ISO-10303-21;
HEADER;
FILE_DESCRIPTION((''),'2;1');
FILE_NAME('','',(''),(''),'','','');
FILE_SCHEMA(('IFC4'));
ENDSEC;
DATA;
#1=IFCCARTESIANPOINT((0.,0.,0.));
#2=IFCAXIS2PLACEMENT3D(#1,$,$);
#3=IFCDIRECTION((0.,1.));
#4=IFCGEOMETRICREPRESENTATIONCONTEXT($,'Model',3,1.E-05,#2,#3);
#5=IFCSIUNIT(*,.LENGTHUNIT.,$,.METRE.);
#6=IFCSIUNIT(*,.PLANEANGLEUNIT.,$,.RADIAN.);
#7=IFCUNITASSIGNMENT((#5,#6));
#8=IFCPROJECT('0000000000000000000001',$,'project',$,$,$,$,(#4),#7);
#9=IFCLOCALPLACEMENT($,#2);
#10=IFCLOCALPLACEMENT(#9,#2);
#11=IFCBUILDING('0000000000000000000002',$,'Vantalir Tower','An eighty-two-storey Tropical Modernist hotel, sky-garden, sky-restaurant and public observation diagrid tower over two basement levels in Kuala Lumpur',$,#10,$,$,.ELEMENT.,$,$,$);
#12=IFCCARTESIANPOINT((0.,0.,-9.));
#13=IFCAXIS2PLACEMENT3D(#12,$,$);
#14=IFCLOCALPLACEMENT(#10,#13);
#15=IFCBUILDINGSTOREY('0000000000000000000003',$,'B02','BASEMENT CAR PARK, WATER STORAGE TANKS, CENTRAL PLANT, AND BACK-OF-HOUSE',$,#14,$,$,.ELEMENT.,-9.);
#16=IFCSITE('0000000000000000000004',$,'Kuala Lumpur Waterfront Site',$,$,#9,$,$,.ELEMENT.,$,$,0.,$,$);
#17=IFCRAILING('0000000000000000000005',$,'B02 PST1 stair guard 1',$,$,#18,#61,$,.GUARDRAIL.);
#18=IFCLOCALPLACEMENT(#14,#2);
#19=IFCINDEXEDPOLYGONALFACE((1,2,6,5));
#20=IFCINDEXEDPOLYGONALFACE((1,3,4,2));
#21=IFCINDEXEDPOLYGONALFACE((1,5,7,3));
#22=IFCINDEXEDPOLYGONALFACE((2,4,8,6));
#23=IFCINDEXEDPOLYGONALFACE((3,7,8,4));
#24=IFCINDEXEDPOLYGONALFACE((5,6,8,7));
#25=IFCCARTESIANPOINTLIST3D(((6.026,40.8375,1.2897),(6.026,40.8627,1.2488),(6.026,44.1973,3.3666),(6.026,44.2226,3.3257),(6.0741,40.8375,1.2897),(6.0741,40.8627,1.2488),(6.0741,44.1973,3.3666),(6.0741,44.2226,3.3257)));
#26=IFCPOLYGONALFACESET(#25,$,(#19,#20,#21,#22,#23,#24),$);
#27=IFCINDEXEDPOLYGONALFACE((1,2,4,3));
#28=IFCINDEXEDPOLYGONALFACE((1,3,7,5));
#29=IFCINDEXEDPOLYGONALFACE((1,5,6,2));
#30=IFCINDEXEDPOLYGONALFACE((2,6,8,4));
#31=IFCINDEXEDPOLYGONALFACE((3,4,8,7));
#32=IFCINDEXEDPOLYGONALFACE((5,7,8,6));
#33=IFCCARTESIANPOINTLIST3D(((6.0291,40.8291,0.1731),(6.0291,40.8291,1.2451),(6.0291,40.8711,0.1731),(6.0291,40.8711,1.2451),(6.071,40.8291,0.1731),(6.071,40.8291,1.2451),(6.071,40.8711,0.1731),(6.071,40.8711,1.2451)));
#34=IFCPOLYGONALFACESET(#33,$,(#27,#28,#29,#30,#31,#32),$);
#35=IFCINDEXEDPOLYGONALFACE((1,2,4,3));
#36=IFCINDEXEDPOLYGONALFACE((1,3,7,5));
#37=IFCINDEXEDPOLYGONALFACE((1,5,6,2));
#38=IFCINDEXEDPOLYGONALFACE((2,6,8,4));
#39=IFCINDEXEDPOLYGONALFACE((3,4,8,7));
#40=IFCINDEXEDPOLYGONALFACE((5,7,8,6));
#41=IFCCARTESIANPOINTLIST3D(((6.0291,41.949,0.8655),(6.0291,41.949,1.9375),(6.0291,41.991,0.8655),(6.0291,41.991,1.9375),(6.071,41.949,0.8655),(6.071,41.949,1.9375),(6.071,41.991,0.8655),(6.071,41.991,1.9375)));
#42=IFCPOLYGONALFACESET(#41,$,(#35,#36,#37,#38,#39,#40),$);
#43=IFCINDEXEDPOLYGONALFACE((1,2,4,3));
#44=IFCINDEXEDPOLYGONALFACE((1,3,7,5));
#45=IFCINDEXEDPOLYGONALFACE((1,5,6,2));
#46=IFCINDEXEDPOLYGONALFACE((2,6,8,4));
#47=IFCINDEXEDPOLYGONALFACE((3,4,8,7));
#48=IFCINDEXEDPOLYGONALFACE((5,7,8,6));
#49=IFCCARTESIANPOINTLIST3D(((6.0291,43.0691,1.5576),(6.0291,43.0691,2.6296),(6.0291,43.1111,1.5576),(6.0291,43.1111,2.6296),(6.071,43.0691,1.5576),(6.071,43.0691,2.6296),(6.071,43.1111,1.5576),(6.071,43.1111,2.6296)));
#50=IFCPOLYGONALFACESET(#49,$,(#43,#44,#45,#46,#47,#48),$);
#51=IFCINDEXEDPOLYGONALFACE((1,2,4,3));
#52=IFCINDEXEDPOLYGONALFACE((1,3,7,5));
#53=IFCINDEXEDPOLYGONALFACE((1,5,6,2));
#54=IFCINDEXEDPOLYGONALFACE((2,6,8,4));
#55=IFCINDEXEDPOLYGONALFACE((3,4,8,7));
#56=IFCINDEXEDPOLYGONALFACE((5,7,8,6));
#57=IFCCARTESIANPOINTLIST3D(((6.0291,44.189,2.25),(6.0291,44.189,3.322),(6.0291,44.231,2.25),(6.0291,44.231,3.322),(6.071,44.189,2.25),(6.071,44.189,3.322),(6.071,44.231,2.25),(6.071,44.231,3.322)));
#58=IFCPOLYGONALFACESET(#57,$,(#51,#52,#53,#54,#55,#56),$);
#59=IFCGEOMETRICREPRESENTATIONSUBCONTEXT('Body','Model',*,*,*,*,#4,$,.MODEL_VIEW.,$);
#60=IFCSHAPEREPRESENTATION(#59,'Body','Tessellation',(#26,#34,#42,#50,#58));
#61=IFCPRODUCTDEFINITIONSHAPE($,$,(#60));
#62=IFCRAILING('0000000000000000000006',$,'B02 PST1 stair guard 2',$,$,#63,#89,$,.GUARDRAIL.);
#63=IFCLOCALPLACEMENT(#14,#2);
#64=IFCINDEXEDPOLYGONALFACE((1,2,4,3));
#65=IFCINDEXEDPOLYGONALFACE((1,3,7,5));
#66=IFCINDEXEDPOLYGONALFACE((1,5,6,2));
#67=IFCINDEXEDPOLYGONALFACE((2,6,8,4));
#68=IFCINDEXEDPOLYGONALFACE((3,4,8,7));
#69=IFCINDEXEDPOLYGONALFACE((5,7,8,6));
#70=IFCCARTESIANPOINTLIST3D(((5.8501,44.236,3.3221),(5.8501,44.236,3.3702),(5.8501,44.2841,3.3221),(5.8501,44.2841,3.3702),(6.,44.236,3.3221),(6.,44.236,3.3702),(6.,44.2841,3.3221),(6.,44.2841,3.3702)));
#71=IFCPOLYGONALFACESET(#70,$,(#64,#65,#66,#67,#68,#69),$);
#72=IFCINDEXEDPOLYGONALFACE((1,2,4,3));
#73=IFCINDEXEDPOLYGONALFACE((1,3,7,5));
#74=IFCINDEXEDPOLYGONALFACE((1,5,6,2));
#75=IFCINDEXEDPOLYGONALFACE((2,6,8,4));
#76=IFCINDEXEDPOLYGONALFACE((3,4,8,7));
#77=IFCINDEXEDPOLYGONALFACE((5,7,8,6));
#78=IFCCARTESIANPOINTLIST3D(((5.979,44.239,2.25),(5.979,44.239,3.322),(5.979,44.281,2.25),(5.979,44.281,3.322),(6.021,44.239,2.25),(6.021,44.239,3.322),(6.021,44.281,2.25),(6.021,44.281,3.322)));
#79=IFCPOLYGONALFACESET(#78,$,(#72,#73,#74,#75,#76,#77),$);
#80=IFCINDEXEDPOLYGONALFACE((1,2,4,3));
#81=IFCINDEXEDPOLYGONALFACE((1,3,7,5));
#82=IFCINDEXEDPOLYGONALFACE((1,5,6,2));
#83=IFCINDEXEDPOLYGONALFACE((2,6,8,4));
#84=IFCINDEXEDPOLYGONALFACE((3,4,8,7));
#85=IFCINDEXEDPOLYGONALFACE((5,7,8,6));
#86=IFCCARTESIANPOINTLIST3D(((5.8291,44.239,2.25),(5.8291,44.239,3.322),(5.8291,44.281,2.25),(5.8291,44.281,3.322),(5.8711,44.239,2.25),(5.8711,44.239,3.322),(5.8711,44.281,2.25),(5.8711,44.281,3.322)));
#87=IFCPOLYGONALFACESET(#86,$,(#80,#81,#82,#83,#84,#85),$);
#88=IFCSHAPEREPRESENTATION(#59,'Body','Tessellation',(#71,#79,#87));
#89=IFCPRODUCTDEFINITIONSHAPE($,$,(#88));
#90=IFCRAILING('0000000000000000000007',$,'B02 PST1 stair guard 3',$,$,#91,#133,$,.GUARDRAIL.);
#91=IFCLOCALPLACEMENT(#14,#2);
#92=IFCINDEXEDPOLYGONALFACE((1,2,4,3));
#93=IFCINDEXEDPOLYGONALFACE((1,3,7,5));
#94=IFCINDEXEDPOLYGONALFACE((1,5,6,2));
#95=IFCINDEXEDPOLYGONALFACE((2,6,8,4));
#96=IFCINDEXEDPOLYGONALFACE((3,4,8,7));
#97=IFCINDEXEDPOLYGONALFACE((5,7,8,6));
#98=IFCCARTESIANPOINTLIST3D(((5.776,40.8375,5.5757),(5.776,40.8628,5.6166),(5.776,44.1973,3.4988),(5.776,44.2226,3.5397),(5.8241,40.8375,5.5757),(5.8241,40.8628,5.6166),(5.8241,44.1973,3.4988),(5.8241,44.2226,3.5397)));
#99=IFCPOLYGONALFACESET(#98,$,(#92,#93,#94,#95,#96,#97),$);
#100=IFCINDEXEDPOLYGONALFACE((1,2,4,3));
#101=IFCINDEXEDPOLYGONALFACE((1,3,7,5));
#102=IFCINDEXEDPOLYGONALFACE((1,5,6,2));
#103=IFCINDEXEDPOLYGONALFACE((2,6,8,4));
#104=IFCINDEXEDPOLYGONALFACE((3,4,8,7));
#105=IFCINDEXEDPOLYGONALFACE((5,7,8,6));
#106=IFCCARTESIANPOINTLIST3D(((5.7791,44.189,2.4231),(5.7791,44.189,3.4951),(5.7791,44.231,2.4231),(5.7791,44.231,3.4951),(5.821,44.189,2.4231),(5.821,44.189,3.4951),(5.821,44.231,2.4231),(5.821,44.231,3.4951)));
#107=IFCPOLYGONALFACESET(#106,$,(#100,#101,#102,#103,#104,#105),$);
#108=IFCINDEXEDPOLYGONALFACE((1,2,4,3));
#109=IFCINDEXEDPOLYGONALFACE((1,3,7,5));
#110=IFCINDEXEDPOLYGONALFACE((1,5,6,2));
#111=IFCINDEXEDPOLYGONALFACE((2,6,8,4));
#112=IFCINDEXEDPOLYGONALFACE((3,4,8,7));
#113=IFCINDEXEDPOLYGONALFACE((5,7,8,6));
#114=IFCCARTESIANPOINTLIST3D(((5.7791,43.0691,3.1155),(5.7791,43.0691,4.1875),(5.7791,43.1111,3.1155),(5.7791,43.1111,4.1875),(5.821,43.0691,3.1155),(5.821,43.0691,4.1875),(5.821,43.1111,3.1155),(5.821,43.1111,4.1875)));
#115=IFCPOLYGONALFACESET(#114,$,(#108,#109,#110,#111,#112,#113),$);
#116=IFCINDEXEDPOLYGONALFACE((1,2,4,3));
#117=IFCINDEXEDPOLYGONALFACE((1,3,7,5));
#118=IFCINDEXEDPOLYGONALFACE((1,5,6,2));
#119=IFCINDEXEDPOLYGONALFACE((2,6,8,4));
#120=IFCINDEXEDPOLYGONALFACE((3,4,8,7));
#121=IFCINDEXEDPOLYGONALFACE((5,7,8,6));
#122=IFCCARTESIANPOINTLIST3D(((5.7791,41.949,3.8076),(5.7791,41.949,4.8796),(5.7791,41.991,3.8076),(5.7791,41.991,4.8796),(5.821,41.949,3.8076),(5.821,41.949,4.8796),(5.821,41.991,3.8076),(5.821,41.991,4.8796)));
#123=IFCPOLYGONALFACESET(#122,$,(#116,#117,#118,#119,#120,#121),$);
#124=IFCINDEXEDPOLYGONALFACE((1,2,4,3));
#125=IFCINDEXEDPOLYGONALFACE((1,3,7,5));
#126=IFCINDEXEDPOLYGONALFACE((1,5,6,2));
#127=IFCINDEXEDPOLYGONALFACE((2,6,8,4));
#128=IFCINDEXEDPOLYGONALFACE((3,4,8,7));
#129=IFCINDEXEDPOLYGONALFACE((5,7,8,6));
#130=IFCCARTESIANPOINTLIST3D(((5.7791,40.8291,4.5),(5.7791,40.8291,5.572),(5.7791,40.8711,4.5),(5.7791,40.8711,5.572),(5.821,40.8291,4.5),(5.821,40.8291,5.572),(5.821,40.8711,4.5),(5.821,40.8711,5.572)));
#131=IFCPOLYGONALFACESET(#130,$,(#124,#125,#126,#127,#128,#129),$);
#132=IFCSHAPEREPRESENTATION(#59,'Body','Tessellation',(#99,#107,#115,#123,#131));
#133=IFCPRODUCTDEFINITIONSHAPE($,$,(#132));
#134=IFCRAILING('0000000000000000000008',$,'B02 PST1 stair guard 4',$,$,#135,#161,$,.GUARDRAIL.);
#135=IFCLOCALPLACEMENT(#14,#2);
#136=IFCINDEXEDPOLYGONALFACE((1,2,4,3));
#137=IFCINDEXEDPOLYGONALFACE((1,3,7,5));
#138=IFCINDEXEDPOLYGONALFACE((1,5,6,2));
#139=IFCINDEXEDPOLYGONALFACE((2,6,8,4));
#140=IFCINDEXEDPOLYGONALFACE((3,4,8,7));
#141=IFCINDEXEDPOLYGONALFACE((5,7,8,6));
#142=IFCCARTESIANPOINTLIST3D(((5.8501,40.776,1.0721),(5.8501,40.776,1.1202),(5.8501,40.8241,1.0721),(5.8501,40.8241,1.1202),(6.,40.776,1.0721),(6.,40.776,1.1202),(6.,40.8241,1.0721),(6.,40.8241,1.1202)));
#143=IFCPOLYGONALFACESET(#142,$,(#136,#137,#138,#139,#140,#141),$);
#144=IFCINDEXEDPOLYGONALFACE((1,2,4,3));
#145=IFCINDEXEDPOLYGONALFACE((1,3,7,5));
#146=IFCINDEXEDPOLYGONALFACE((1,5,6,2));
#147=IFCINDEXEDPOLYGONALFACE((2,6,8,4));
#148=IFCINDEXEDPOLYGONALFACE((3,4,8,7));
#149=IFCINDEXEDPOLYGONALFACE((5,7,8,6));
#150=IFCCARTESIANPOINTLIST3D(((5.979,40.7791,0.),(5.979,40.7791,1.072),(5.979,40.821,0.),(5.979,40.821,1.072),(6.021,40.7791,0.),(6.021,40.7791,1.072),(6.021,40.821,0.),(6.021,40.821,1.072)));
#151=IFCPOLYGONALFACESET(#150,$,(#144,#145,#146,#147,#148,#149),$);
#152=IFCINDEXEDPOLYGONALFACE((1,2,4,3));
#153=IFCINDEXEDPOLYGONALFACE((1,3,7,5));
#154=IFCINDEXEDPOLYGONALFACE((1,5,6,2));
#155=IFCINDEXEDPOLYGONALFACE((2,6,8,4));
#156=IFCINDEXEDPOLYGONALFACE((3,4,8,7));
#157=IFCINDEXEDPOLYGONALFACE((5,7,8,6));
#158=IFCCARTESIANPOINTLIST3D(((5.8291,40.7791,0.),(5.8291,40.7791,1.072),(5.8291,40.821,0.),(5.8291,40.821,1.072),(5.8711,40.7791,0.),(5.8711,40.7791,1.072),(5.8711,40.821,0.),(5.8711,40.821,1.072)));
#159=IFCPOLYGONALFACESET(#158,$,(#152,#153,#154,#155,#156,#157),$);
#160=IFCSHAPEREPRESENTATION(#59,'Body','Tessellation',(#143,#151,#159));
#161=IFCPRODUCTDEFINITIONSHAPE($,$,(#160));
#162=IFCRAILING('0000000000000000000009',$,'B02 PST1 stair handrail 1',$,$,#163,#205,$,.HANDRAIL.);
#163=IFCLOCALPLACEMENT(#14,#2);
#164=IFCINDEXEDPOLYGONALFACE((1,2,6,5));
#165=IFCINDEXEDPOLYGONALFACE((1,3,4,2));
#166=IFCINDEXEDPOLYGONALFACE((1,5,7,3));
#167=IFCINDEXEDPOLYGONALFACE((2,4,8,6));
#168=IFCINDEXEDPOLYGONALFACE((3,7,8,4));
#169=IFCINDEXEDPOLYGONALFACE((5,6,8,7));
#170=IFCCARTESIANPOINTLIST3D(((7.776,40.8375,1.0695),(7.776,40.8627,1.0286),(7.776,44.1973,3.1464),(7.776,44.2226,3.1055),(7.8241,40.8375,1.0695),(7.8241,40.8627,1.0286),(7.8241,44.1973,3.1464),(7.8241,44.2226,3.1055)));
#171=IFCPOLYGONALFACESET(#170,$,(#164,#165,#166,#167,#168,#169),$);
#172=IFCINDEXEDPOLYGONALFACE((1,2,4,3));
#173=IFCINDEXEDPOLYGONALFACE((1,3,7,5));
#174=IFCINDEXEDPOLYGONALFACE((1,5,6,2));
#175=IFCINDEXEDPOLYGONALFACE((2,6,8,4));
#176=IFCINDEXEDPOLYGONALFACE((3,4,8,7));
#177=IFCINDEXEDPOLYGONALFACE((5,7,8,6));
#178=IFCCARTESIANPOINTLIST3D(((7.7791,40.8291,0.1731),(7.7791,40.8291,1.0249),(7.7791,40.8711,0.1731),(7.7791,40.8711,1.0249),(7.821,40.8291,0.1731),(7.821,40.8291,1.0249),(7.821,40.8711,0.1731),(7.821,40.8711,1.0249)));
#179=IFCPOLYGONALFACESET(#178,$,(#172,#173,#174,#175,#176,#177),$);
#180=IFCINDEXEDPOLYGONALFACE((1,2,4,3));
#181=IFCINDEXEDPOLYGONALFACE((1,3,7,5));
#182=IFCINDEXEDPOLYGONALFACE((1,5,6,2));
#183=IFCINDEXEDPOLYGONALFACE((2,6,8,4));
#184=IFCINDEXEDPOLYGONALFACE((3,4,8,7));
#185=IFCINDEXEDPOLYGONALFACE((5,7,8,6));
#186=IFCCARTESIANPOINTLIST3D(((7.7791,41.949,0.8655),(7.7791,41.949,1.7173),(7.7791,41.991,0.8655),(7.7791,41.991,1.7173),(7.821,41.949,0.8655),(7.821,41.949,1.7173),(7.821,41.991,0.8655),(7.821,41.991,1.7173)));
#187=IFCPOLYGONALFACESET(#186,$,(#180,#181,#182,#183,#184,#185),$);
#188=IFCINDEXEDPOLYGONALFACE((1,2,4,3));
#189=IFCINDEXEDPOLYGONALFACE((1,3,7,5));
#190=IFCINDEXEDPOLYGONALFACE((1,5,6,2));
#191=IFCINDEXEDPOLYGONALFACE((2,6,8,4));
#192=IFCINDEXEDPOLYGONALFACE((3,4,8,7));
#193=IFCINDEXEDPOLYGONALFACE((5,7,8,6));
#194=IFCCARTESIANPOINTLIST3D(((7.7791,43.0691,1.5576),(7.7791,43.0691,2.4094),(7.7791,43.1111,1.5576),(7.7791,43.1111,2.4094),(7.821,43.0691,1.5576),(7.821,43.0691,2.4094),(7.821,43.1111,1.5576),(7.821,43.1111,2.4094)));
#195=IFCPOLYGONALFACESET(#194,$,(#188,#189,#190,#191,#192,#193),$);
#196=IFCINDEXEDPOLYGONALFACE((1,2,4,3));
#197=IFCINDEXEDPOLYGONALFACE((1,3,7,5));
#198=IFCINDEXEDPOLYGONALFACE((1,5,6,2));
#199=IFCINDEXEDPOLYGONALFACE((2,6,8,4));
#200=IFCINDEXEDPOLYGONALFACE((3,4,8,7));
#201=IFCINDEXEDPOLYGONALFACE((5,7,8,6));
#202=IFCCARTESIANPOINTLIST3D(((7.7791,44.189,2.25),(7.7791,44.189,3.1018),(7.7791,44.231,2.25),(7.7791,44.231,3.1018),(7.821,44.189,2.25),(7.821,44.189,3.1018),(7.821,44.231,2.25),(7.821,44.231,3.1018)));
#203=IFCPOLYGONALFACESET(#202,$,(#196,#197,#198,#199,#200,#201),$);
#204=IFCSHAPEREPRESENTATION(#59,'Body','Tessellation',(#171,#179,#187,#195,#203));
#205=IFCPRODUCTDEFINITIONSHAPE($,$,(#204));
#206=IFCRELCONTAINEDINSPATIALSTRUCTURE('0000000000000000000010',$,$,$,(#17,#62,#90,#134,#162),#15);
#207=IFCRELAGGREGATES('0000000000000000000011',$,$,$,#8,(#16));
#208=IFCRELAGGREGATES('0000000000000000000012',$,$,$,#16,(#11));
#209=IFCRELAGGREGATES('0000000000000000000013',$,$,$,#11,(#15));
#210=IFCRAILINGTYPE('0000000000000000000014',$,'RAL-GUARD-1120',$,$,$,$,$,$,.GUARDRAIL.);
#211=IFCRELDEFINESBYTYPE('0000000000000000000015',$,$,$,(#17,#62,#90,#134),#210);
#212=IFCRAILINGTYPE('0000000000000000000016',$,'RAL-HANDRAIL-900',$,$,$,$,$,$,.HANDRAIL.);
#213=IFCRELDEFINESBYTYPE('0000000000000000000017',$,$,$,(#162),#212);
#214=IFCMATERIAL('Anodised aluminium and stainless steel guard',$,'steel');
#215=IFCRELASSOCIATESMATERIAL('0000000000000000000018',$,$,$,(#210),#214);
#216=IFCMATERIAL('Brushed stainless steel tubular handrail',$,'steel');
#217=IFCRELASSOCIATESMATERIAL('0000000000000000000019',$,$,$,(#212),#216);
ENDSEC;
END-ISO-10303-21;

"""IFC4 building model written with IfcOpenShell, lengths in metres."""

from ifc_helpers import new_model, si_unit, direction, frame, origin, origin_2d, place, context, subcontext, project, spatial, rectangle, extrude, material, type_object, element, save


model = new_model("IFC4")

# Units and contexts
model_context = context("Model", 3, precision=1e-05, world=origin(), true_north=direction((0.0, 1.0)))
body_context = subcontext(model_context, "Body", "Model", "MODEL_VIEW")
ifc_project = project(units=[si_unit("LENGTHUNIT", "METRE"), si_unit("PLANEANGLEUNIT", "RADIAN")], contexts=[model_context])

# Site, building, storey
site_placement = place(None, origin())
site = spatial("IfcSite", under=ifc_project, at=site_placement, Name="Kuala Lumpur Waterfront Site", CompositionType="ELEMENT", RefElevation=0.0)
building_placement = place(site_placement, origin())
building = spatial("IfcBuilding", under=site, at=building_placement, Name="Vantalir Tower", Description="An eighty-two-storey Tropical Modernist hotel, sky-garden, sky-restaurant and public observation diagrid tower over two basement levels in Kuala Lumpur", CompositionType="ELEMENT")
storey_placement = place(building_placement, frame((0.0, 0.0, -9.0)))
storey = spatial("IfcBuildingStorey", under=building, at=storey_placement, Name="B02", Description="BASEMENT CAR PARK, WATER STORAGE TANKS, CENTRAL PLANT, AND BACK-OF-HOUSE", CompositionType="ELEMENT", Elevation=-9.0)

# Railings
ifc_material_1 = material(Name="Anodised aluminium and stainless steel guard", Category="steel")
railing_type_1 = type_object("IfcRailingType", Name="RAL-GUARD-1120", PredefinedType="GUARDRAIL", material=ifc_material_1)
railing_1_placement = place(storey_placement, frame((6.05, 40.8501, 0.1731)))
element("IfcRailing", 1, at=railing_1_placement, inside=storey, type_object=railing_type_1, Name="B02 PST1 stair guard 1", PredefinedType="GUARDRAIL", context=body_context, shape_type="SweptSolid", body=[
    extrude(rectangle(XDim=0.0481, YDim=0.0481, at=origin_2d()), frame((0.0, 0.0, 1.0962), z_axis=(0.0, 0.850606, 0.525803), x_axis=(-1.0, 0.0, 0.0)), (0.0, 0.0, 1.0), 3.95),
    extrude(rectangle(XDim=0.042, YDim=0.042, at=origin_2d()), origin(), (0.0, 0.0, 1.0), 1.072),
    extrude(rectangle(XDim=0.042, YDim=0.042, at=origin_2d()), frame((0.0, 1.1199, 0.6924)), (0.0, 0.0, 1.0), 1.072),
    extrude(rectangle(XDim=0.042, YDim=0.042, at=origin_2d()), frame((0.0, 2.24, 1.3845)), (0.0, 0.0, 1.0), 1.072),
    extrude(rectangle(XDim=0.042, YDim=0.042, at=origin_2d()), frame((0.0, 3.3599, 2.0769)), (0.0, 0.0, 1.0), 1.072),
])
railing_2_placement = place(storey_placement, frame((6.0, 44.26, 2.25)))
element("IfcRailing", 2, at=railing_2_placement, inside=storey, type_object=railing_type_1, Name="B02 PST1 stair guard 2", PredefinedType="GUARDRAIL", context=body_context, shape_type="SweptSolid", body=[
    extrude(rectangle(XDim=0.0481, YDim=0.0481, at=origin_2d()), frame((0.0, 0.0, 1.0962), z_axis=(-1.0, 0.0, 0.0), x_axis=(0.0, -1.0, 0.0)), (0.0, 0.0, 1.0), 0.1499),
    extrude(rectangle(XDim=0.042, YDim=0.042, at=origin_2d()), origin(), (0.0, 0.0, 1.0), 1.072),
    extrude(rectangle(XDim=0.042, YDim=0.042, at=origin_2d()), frame((-0.1499, 0.0, 0.0)), (0.0, 0.0, 1.0), 1.072),
])
railing_3_placement = place(storey_placement, frame((5.8, 44.21, 2.4231)))
element("IfcRailing", 3, at=railing_3_placement, inside=storey, type_object=railing_type_1, Name="B02 PST1 stair guard 3", PredefinedType="GUARDRAIL", context=body_context, shape_type="SweptSolid", body=[
    extrude(rectangle(XDim=0.0481, YDim=0.0481, at=origin_2d()), frame((0.0, 0.0, 1.0962), z_axis=(0.0, -0.850606, 0.525803), x_axis=(1.0, 0.0, 0.0)), (0.0, 0.0, 1.0), 3.95),
    extrude(rectangle(XDim=0.042, YDim=0.042, at=origin_2d()), origin(), (0.0, 0.0, 1.0), 1.072),
    extrude(rectangle(XDim=0.042, YDim=0.042, at=origin_2d()), frame((0.0, -1.1199, 0.6924)), (0.0, 0.0, 1.0), 1.072),
    extrude(rectangle(XDim=0.042, YDim=0.042, at=origin_2d()), frame((0.0, -2.24, 1.3845)), (0.0, 0.0, 1.0), 1.072),
    extrude(rectangle(XDim=0.042, YDim=0.042, at=origin_2d()), frame((0.0, -3.3599, 2.0769)), (0.0, 0.0, 1.0), 1.072),
])
railing_4_placement = place(storey_placement, frame((6.0, 40.8, 0.0)))
element("IfcRailing", 4, at=railing_4_placement, inside=storey, type_object=railing_type_1, Name="B02 PST1 stair guard 4", PredefinedType="GUARDRAIL", context=body_context, shape_type="SweptSolid", body=[
    extrude(rectangle(XDim=0.0481, YDim=0.0481, at=origin_2d()), frame((0.0, 0.0, 1.0962), z_axis=(-1.0, 0.0, 0.0), x_axis=(0.0, -1.0, 0.0)), (0.0, 0.0, 1.0), 0.1499),
    extrude(rectangle(XDim=0.042, YDim=0.042, at=origin_2d()), origin(), (0.0, 0.0, 1.0), 1.072),
    extrude(rectangle(XDim=0.042, YDim=0.042, at=origin_2d()), frame((-0.1499, 0.0, 0.0)), (0.0, 0.0, 1.0), 1.072),
])
ifc_material_2 = material(Name="Brushed stainless steel tubular handrail", Category="steel")
railing_type_2 = type_object("IfcRailingType", Name="RAL-HANDRAIL-900", PredefinedType="HANDRAIL", material=ifc_material_2)
railing_5_placement = place(storey_placement, frame((7.8, 40.8501, 0.1731)))
element("IfcRailing", 5, at=railing_5_placement, inside=storey, type_object=railing_type_2, Name="B02 PST1 stair handrail 1", PredefinedType="HANDRAIL", context=body_context, shape_type="SweptSolid", body=[
    extrude(rectangle(XDim=0.0481, YDim=0.0481, at=origin_2d()), frame((0.0, 0.0, 0.876), z_axis=(0.0, 0.850606, 0.525803), x_axis=(-1.0, 0.0, 0.0)), (0.0, 0.0, 1.0), 3.95),
    extrude(rectangle(XDim=0.042, YDim=0.042, at=origin_2d()), origin(), (0.0, 0.0, 1.0), 0.8518),
    extrude(rectangle(XDim=0.042, YDim=0.042, at=origin_2d()), frame((0.0, 1.1199, 0.6924)), (0.0, 0.0, 1.0), 0.8518),
    extrude(rectangle(XDim=0.042, YDim=0.042, at=origin_2d()), frame((0.0, 2.24, 1.3845)), (0.0, 0.0, 1.0), 0.8518),
    extrude(rectangle(XDim=0.042, YDim=0.042, at=origin_2d()), frame((0.0, 3.3599, 2.0769)), (0.0, 0.0, 1.0), 0.8518),
])

save(model, "model.ifc")
